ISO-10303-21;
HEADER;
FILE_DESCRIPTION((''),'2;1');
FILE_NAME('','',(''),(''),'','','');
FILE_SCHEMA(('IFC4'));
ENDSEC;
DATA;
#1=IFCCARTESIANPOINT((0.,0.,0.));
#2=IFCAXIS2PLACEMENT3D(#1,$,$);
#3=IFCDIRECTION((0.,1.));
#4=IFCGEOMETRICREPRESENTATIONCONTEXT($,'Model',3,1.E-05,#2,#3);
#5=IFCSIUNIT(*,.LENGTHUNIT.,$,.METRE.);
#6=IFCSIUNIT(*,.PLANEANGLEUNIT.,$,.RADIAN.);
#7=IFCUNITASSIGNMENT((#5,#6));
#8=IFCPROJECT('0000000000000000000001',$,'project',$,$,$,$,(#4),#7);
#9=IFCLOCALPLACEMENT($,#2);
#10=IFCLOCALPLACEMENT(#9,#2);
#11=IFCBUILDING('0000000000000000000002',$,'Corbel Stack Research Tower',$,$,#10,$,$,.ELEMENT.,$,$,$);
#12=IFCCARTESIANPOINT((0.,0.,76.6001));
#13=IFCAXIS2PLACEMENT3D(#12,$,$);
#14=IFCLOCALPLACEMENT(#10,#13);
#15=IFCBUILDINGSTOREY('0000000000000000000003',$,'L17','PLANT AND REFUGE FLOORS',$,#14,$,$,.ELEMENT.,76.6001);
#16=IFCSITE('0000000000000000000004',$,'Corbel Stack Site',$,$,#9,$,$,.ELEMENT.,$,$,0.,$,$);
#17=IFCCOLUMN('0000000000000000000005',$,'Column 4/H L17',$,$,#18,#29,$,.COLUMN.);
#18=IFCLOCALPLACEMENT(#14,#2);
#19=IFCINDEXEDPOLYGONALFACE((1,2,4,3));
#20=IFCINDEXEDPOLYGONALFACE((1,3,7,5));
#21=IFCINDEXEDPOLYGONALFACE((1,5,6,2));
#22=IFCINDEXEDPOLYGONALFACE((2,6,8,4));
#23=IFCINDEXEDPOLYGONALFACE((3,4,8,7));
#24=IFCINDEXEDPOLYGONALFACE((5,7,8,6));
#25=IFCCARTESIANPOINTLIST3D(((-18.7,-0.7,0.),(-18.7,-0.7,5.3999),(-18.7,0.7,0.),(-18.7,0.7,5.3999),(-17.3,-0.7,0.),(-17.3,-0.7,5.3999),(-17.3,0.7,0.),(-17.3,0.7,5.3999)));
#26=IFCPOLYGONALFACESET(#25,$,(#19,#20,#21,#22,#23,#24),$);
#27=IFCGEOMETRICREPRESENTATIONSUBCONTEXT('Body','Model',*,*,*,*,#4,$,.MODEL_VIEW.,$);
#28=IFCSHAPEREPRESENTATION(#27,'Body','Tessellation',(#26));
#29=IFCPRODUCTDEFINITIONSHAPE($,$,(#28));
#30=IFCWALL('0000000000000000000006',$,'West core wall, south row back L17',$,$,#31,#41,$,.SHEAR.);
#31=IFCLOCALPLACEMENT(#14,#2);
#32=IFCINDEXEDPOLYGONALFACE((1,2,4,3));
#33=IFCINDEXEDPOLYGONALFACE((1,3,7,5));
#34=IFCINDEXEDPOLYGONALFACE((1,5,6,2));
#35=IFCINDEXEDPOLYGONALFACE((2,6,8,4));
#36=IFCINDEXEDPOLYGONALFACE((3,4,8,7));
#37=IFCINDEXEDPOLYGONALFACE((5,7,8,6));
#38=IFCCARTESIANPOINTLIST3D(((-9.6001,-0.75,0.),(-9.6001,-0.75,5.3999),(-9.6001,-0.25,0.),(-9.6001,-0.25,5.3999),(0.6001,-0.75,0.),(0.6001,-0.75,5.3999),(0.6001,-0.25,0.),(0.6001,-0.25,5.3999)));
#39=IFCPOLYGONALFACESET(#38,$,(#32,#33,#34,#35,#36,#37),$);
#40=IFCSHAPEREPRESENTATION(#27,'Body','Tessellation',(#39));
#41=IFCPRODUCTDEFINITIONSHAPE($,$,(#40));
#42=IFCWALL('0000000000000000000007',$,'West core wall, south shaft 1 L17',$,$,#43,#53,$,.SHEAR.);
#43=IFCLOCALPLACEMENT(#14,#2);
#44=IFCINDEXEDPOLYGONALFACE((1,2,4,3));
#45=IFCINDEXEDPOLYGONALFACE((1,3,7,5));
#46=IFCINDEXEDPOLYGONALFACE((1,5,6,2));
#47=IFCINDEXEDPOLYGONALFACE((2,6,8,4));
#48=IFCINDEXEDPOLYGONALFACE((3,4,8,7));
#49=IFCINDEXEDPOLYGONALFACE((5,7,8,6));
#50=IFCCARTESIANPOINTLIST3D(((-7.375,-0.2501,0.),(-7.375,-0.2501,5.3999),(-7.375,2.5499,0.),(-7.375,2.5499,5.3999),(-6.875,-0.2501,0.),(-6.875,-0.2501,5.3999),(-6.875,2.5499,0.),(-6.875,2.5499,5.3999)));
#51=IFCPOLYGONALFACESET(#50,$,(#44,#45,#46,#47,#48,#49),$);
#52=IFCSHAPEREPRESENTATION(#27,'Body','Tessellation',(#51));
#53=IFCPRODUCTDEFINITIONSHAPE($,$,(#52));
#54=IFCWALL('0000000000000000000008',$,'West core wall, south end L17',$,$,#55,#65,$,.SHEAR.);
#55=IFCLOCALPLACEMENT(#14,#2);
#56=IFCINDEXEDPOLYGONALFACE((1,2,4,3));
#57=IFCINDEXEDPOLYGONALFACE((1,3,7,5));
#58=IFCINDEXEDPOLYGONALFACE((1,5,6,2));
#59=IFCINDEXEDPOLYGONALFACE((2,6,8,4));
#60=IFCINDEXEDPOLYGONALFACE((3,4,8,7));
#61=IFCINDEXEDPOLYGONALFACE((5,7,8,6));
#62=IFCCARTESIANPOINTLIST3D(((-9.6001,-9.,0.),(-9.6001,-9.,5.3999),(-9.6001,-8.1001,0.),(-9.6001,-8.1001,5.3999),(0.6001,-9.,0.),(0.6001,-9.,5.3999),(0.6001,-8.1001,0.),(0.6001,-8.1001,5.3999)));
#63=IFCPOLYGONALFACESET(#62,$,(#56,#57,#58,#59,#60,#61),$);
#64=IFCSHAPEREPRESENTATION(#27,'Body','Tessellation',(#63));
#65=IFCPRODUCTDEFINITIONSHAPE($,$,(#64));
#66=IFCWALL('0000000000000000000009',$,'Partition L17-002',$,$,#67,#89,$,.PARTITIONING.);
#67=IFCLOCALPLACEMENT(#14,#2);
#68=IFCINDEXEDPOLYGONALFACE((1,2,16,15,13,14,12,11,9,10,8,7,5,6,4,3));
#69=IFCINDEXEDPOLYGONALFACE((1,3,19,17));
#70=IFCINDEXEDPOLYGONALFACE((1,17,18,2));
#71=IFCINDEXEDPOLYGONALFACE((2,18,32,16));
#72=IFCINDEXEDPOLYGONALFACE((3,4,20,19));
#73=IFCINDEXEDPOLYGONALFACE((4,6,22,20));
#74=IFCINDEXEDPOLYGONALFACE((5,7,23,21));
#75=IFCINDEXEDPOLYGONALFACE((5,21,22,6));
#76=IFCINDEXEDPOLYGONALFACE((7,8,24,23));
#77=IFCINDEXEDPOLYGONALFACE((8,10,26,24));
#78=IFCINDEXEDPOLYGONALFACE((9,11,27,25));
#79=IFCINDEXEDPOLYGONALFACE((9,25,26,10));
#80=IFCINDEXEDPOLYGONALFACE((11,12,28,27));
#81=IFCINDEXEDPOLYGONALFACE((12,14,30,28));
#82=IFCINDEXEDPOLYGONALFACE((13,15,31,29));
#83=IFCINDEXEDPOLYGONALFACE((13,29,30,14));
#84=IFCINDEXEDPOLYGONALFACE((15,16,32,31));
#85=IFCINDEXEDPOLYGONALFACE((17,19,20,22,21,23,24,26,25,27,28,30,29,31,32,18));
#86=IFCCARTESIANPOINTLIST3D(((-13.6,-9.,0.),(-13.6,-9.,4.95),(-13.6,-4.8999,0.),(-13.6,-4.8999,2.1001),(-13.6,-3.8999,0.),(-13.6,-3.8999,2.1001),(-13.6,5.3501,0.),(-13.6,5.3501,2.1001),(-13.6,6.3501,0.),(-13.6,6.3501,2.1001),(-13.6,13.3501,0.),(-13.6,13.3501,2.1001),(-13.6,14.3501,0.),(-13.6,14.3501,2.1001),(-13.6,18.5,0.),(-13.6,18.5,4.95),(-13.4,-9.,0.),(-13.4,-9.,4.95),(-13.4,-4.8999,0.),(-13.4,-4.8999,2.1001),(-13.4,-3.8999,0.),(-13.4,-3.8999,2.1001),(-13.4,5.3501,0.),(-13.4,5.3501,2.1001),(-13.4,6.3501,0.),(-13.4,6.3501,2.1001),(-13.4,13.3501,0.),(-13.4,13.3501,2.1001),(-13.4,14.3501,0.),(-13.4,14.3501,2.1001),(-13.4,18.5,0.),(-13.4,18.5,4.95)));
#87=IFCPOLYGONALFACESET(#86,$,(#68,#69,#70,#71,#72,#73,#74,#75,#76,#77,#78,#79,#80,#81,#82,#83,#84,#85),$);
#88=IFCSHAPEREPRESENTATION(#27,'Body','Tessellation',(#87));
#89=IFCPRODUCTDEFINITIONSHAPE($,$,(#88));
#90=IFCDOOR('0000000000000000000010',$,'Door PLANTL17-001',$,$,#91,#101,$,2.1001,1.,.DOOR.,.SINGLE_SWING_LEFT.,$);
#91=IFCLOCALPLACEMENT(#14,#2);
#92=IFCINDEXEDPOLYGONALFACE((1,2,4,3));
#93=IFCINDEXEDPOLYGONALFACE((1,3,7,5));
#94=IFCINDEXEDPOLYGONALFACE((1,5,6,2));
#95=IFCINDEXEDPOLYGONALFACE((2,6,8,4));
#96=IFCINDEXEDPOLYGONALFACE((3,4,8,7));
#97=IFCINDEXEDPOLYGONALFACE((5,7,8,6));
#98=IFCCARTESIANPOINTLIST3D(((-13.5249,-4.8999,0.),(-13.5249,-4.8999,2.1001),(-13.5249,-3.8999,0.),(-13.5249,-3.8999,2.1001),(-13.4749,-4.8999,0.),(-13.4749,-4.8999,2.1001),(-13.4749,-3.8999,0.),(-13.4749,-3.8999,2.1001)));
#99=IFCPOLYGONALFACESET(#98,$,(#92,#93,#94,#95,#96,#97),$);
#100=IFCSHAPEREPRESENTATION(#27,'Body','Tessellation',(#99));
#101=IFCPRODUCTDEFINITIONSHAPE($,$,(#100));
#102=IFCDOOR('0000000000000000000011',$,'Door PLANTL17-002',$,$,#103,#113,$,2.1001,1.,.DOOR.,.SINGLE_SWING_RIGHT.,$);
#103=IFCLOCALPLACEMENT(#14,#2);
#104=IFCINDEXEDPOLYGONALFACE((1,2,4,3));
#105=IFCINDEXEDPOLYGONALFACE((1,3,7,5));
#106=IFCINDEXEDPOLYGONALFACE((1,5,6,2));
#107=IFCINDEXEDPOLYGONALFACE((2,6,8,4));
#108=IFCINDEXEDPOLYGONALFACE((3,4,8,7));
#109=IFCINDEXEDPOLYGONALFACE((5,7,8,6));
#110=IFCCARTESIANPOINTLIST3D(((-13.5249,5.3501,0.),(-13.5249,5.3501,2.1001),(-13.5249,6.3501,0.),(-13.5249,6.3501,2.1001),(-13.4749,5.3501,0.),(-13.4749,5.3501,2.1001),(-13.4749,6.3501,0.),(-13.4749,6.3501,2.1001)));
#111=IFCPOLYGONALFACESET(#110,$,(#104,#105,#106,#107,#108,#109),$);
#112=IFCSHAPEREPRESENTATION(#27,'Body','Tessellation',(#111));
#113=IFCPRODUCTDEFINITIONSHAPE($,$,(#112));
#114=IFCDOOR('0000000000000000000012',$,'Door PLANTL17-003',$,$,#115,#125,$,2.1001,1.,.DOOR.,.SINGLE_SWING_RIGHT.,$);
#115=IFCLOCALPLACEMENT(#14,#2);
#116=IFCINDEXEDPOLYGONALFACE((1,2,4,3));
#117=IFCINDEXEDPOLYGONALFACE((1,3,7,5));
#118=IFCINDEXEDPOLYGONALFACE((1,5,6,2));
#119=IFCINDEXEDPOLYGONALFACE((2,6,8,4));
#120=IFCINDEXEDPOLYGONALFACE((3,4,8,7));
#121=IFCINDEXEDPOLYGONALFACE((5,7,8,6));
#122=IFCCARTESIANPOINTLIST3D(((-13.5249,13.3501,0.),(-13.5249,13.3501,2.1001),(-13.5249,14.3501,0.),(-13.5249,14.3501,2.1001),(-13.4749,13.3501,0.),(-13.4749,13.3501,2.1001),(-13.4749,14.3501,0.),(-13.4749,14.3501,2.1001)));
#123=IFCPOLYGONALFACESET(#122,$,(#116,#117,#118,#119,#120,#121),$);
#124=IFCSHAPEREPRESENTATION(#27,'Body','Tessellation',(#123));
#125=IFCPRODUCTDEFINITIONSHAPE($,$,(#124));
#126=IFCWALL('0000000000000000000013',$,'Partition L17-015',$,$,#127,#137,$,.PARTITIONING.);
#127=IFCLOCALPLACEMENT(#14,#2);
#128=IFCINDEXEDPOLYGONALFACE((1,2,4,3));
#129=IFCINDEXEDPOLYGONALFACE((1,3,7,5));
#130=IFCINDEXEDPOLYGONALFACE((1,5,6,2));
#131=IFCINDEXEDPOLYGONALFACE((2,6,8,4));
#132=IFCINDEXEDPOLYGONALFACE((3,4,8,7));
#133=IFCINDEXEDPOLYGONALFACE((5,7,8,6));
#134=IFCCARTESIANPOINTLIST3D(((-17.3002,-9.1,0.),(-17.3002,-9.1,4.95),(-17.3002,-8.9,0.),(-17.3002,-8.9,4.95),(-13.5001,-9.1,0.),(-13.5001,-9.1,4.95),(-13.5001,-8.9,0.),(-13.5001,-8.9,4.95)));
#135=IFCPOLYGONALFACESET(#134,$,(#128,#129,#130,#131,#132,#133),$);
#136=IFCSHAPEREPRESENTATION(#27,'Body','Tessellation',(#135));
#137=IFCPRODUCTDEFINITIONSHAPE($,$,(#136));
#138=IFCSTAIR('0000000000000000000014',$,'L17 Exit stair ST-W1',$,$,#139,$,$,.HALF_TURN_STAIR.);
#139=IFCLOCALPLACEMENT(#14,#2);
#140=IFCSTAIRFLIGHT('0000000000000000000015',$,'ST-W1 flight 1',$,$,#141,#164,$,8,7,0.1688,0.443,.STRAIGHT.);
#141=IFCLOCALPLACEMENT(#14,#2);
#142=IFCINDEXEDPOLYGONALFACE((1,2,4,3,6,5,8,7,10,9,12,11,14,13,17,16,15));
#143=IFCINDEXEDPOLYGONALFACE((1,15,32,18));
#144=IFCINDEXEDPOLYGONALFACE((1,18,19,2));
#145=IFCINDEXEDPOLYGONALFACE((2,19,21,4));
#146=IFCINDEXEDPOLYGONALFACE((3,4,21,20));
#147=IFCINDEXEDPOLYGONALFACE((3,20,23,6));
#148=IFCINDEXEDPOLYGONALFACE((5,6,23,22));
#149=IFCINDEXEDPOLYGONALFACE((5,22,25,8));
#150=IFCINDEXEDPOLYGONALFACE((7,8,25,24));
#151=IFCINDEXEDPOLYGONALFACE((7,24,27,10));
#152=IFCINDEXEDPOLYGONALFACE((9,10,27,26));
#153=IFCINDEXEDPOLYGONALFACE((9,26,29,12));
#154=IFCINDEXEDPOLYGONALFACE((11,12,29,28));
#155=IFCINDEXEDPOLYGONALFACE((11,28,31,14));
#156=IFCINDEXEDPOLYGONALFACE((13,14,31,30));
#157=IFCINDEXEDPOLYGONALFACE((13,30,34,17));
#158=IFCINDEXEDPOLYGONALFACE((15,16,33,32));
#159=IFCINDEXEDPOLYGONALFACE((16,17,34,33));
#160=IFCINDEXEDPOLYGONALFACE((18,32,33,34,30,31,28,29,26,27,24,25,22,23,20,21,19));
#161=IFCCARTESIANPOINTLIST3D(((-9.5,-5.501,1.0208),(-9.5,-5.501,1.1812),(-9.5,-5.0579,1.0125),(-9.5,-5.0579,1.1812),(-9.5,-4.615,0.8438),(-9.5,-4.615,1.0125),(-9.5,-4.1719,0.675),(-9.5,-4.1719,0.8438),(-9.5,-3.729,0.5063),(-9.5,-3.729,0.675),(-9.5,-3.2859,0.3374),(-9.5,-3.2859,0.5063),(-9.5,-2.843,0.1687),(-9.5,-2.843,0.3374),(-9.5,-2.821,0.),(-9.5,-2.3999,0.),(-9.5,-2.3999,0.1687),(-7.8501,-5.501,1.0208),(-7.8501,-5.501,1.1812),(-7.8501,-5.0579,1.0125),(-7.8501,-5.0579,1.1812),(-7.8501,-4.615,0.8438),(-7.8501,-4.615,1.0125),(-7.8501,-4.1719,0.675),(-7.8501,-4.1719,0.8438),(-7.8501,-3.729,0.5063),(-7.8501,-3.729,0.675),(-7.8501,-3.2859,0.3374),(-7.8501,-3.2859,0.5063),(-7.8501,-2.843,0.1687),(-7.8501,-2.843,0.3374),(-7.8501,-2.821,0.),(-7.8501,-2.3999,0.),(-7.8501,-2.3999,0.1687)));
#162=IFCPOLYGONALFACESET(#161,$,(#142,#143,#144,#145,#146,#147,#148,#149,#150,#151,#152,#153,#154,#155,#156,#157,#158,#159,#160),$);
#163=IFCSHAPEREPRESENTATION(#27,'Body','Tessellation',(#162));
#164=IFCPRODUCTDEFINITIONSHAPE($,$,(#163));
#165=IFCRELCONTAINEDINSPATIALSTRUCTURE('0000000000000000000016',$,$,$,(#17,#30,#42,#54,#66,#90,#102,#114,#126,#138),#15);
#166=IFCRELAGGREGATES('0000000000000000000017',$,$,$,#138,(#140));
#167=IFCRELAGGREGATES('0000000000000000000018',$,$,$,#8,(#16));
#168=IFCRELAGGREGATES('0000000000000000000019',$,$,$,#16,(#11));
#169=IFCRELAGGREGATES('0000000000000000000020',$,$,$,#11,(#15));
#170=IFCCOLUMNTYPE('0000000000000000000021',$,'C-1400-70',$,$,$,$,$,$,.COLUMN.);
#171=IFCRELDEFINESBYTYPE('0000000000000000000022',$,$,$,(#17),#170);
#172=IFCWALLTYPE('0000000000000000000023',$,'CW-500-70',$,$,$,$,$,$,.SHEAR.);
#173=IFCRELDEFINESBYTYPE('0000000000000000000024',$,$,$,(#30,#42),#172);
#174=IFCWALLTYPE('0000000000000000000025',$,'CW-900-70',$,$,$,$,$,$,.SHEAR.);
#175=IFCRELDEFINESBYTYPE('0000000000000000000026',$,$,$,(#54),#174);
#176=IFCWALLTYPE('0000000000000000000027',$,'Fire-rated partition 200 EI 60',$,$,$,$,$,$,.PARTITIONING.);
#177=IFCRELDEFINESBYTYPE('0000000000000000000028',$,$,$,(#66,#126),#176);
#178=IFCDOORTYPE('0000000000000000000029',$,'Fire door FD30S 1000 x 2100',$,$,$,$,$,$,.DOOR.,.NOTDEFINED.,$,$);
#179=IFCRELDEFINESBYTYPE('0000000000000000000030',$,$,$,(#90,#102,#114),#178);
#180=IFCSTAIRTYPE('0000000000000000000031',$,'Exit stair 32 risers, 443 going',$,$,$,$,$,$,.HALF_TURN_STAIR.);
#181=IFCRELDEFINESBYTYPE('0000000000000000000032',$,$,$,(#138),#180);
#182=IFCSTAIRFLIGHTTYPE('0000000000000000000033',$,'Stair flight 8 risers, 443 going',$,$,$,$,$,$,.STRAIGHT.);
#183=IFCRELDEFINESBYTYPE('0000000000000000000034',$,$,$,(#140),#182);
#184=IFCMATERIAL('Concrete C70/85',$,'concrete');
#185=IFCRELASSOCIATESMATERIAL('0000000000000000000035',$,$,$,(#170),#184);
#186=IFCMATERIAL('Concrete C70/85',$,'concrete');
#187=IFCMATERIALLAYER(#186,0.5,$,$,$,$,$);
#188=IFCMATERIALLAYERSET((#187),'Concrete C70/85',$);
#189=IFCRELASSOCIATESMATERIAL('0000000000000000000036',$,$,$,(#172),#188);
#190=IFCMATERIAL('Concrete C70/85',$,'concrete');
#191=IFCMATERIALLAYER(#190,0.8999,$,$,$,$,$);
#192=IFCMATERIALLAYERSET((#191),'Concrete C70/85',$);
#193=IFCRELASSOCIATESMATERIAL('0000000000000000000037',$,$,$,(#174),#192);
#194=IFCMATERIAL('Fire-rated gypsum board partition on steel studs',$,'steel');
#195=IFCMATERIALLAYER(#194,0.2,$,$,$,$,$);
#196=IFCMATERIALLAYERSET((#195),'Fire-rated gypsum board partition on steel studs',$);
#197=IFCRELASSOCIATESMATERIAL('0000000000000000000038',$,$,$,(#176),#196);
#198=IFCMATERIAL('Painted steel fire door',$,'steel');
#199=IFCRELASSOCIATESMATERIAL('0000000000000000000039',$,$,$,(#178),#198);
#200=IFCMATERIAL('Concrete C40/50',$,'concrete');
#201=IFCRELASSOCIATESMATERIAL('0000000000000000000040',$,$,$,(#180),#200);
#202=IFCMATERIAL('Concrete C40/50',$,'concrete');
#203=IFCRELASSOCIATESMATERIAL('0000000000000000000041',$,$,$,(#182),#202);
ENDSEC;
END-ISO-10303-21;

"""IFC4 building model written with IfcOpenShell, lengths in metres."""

from ifc_helpers import new_model, si_unit, direction, frame, frame_2d, origin, origin_2d, place, context, subcontext, project, spatial, polyline, rectangle, outline, extrude, material, layer, layer_set, material_profile, profile_set, type_object, element, fill, aggregate, save


model = new_model("IFC4")

# Units and contexts
model_context = context("Model", 3, precision=1e-05, world=origin(), true_north=direction((0.0, 1.0)))
body_context = subcontext(model_context, "Body", "Model", "MODEL_VIEW")
ifc_project = project(units=[si_unit("LENGTHUNIT", "METRE"), si_unit("PLANEANGLEUNIT", "RADIAN")], contexts=[model_context])

# Site, building, storey
site_placement = place(None, origin())
site = spatial("IfcSite", under=ifc_project, at=site_placement, Name="Corbel Stack Site", CompositionType="ELEMENT", RefElevation=0.0)
building_placement = place(site_placement, origin())
building = spatial("IfcBuilding", under=site, at=building_placement, Name="Corbel Stack Research Tower", CompositionType="ELEMENT")
storey_placement = place(building_placement, frame((0.0, 0.0, 76.6001)))
storey = spatial("IfcBuildingStorey", under=building, at=storey_placement, Name="L17", Description="PLANT AND REFUGE FLOORS", CompositionType="ELEMENT", Elevation=76.6001)

# Column
ifc_material_1 = material(Name="Concrete C70/85", Category="concrete")
ifc_material_profile = material_profile(ifc_material_1, rectangle(XDim=1.3999, YDim=1.3999, at=origin_2d()), Name="RC 1400 x 1400")
ifc_profile_set = profile_set([ifc_material_profile], Name="Concrete C70/85")
column_type = type_object("IfcColumnType", Name="C-1400-70", PredefinedType="COLUMN", material=ifc_profile_set)
column_placement = place(storey_placement, frame((-18.0, 0.0, 0.0), z_axis=(0.0, 0.0, 1.0), x_axis=(1.0, 0.0, 0.0)))
element("IfcColumn", 1, at=column_placement, inside=storey, type_object=column_type, Name="Column 4/H L17", PredefinedType="COLUMN", context=body_context, shape_type="SweptSolid", body=[
    extrude(rectangle(XDim=1.3999, YDim=1.3999, at=origin_2d()), origin(), (0.0, 0.0, 1.0), 5.3999),
])

# Walls
ifc_material_2 = material(Name="Concrete C70/85", Category="concrete")
ifc_layer_1 = layer(ifc_material_2, 0.5)
ifc_layer_set_1 = layer_set([ifc_layer_1], Name="Concrete C70/85")
wall_type_1 = type_object("IfcWallType", Name="CW-500-70", PredefinedType="SHEAR", material=ifc_layer_set_1)
wall_1_placement = place(storey_placement, frame((-9.6001, -0.5, 0.0), z_axis=(0.0, 0.0, 1.0), x_axis=(1.0, 0.0, 0.0)))
element("IfcWall", 2, at=wall_1_placement, inside=storey, type_object=wall_type_1, Name="West core wall, south row back L17", PredefinedType="SHEAR", context=body_context, shape_type="SweptSolid", body=[
    extrude(rectangle(XDim=10.2002, YDim=0.5, at=frame_2d((5.1001, 0.0))), origin(), (0.0, 0.0, 1.0), 5.3999),
])
wall_2_placement = place(storey_placement, frame((-7.125, -0.25, 0.0), z_axis=(0.0, 0.0, 1.0), x_axis=(0.0, 1.0, 0.0)))
element("IfcWall", 3, at=wall_2_placement, inside=storey, type_object=wall_type_1, Name="West core wall, south shaft 1 L17", PredefinedType="SHEAR", context=body_context, shape_type="SweptSolid", body=[
    extrude(rectangle(XDim=2.8, YDim=0.5, at=frame_2d((1.3999, 0.0))), origin(), (0.0, 0.0, 1.0), 5.3999),
])

# Shared definitions
ifc_material_3 = material(Name="Concrete C70/85", Category="concrete")
ifc_layer_2 = layer(ifc_material_3, 0.8999)
ifc_layer_set_2 = layer_set([ifc_layer_2], Name="Concrete C70/85")
wall_type_2 = type_object("IfcWallType", Name="CW-900-70", PredefinedType="SHEAR", material=ifc_layer_set_2)

# Wall
wall_3_placement = place(storey_placement, frame((-9.6001, -8.55, 0.0), z_axis=(0.0, 0.0, 1.0), x_axis=(1.0, 0.0, 0.0)))
element("IfcWall", 4, at=wall_3_placement, inside=storey, type_object=wall_type_2, Name="West core wall, south end L17", PredefinedType="SHEAR", context=body_context, shape_type="SweptSolid", body=[
    extrude(rectangle(XDim=10.2002, YDim=0.8999, at=frame_2d((5.1001, 0.0))), origin(), (0.0, 0.0, 1.0), 5.3999),
])

# Wall, openings, doors
ifc_material_4 = material(Name="Fire-rated gypsum board partition on steel studs", Category="steel")
ifc_layer_3 = layer(ifc_material_4, 0.2)
ifc_layer_set_3 = layer_set([ifc_layer_3], Name="Fire-rated gypsum board partition on steel studs")
wall_type_3 = type_object("IfcWallType", Name="Fire-rated partition 200 EI 60", PredefinedType="PARTITIONING", material=ifc_layer_set_3)
wall_4_placement = place(storey_placement, frame((-13.5, -9.0, 0.0), z_axis=(0.0, 0.0, 1.0), x_axis=(0.0, 1.0, 0.0)))
wall_4 = element("IfcWall", 5, at=wall_4_placement, inside=storey, type_object=wall_type_3, Name="Partition L17-002", PredefinedType="PARTITIONING", context=body_context, shape_type="SweptSolid", body=[
    extrude(rectangle(XDim=27.5, YDim=0.2, at=frame_2d((13.75, 0.0))), origin(), (0.0, 0.0, 1.0), 4.95),
])
opening_1_placement = place(wall_4_placement, frame((4.1001, 0.0, 0.0)))
opening_1 = element("IfcOpeningElement", 6, at=opening_1_placement, cuts=wall_4, PredefinedType="OPENING", context=body_context, shape_type="SweptSolid", body=[
    extrude(rectangle(XDim=1.0, YDim=2.1001, at=frame_2d((0.5, 1.05))), frame((0.0, 0.1099, 0.0), z_axis=(0.0, -1.0, 0.0), x_axis=(1.0, 0.0, 0.0)), (0.0, 0.0, 1.0), 0.22),
])
opening_2_placement = place(wall_4_placement, frame((14.3501, 0.0, 0.0)))
opening_2 = element("IfcOpeningElement", 7, at=opening_2_placement, cuts=wall_4, PredefinedType="OPENING", context=body_context, shape_type="SweptSolid", body=[
    extrude(rectangle(XDim=1.0, YDim=2.1001, at=frame_2d((0.5, 1.05))), frame((0.0, 0.1099, 0.0), z_axis=(0.0, -1.0, 0.0), x_axis=(1.0, 0.0, 0.0)), (0.0, 0.0, 1.0), 0.22),
])
opening_3_placement = place(wall_4_placement, frame((22.3501, 0.0, 0.0)))
opening_3 = element("IfcOpeningElement", 8, at=opening_3_placement, cuts=wall_4, PredefinedType="OPENING", context=body_context, shape_type="SweptSolid", body=[
    extrude(rectangle(XDim=1.0, YDim=2.1001, at=frame_2d((0.5, 1.05))), frame((0.0, 0.1099, 0.0), z_axis=(0.0, -1.0, 0.0), x_axis=(1.0, 0.0, 0.0)), (0.0, 0.0, 1.0), 0.22),
])
ifc_material_5 = material(Name="Painted steel fire door", Category="steel")
door_type_1 = type_object("IfcDoorType", Name="Fire door FD30S 1000 x 2100", OperationType="NOTDEFINED", PredefinedType="DOOR", material=ifc_material_5)
door_1_placement = place(opening_1_placement, origin())
door_1 = element("IfcDoor", 9, at=door_1_placement, inside=storey, type_object=door_type_1, Name="Door PLANTL17-001", OperationType="SINGLE_SWING_LEFT", OverallHeight=2.1001, OverallWidth=1.0, PredefinedType="DOOR", context=body_context, shape_type="SweptSolid", body=[
    extrude(rectangle(XDim=1.0, YDim=2.1001, at=frame_2d((0.5, 1.05))), frame((0.0, 0.0249, 0.0), z_axis=(0.0, -1.0, 0.0), x_axis=(1.0, 0.0, 0.0)), (0.0, 0.0, 1.0), 0.05),
])
fill(opening_1, door_1)
door_2_placement = place(opening_2_placement, origin())
door_2 = element("IfcDoor", 10, at=door_2_placement, inside=storey, type_object=door_type_1, Name="Door PLANTL17-002", OperationType="SINGLE_SWING_RIGHT", OverallHeight=2.1001, OverallWidth=1.0, PredefinedType="DOOR", context=body_context, shape_type="SweptSolid", body=[
    extrude(rectangle(XDim=1.0, YDim=2.1001, at=frame_2d((0.5, 1.05))), frame((0.0, 0.0249, 0.0), z_axis=(0.0, -1.0, 0.0), x_axis=(1.0, 0.0, 0.0)), (0.0, 0.0, 1.0), 0.05),
])
fill(opening_2, door_2)
door_3_placement = place(opening_3_placement, origin())
door_3 = element("IfcDoor", 11, at=door_3_placement, inside=storey, type_object=door_type_1, Name="Door PLANTL17-003", OperationType="SINGLE_SWING_RIGHT", OverallHeight=2.1001, OverallWidth=1.0, PredefinedType="DOOR", context=body_context, shape_type="SweptSolid", body=[
    extrude(rectangle(XDim=1.0, YDim=2.1001, at=frame_2d((0.5, 1.05))), frame((0.0, 0.0249, 0.0), z_axis=(0.0, -1.0, 0.0), x_axis=(1.0, 0.0, 0.0)), (0.0, 0.0, 1.0), 0.05),
])
fill(opening_3, door_3)

# Wall
wall_5_placement = place(storey_placement, frame((-17.3, -9.0, 0.0), z_axis=(0.0, 0.0, 1.0), x_axis=(1.0, 0.0, 0.0)))
element("IfcWall", 12, at=wall_5_placement, inside=storey, type_object=wall_type_3, Name="Partition L17-015", PredefinedType="PARTITIONING", context=body_context, shape_type="SweptSolid", body=[
    extrude(rectangle(XDim=3.8, YDim=0.2, at=frame_2d((1.8999, 0.0))), origin(), (0.0, 0.0, 1.0), 4.95),
])

# Stair, stair flight
ifc_material_6 = material(Name="Concrete C40/50", Category="concrete")
stair_type = type_object("IfcStairType", Name="Exit stair 32 risers, 443 going", PredefinedType="HALF_TURN_STAIR", material=ifc_material_6)
stair_placement = place(storey_placement, origin())
stair = element("IfcStair", 13, at=stair_placement, inside=storey, type_object=stair_type, Name="L17 Exit stair ST-W1", PredefinedType="HALF_TURN_STAIR")
ifc_material_7 = material(Name="Concrete C40/50", Category="concrete")
stair_flight_type = type_object("IfcStairFlightType", Name="Stair flight 8 risers, 443 going", PredefinedType="STRAIGHT", material=ifc_material_7)
stair_flight_1_placement = place(storey_placement, frame((-8.675, -2.3999, 0.0), z_axis=(0.0, 0.0, 1.0), x_axis=(0.0, -1.0, 0.0)))
stair_flight_1 = element("IfcStairFlight", 14, at=stair_flight_1_placement, type_object=stair_flight_type, Name="ST-W1 flight 1", NumberOfRisers=8, NumberOfTreads=7, PredefinedType="STRAIGHT", RiserHeight=0.1688, TreadLength=0.443, context=body_context, shape_type="SweptSolid", body=[
    extrude(outline(polyline([(0.0, 0.0), (0.0, 0.1687), (0.4431, 0.1687), (0.4431, 0.3374), (0.886, 0.3374), (0.886, 0.5063), (1.3291, 0.5063), (1.3291, 0.675), (1.772, 0.675), (1.772, 0.8438), (2.2151, 0.8438), (2.2151, 1.0125), (2.658, 1.0125), (2.658, 1.1812), (3.1011, 1.1812), (3.1011, 1.3501), (3.1011, 1.0208), (0.4211, 0.0), (0.0, 0.0)])), frame((0.0, 0.825, 0.0), z_axis=(0.0, -1.0, 0.0), x_axis=(1.0, 0.0, 0.0)), (0.0, 0.0, 1.0), 1.6499),
])
aggregate(stair, [stair_flight_1])

save(model, "model.ifc")
